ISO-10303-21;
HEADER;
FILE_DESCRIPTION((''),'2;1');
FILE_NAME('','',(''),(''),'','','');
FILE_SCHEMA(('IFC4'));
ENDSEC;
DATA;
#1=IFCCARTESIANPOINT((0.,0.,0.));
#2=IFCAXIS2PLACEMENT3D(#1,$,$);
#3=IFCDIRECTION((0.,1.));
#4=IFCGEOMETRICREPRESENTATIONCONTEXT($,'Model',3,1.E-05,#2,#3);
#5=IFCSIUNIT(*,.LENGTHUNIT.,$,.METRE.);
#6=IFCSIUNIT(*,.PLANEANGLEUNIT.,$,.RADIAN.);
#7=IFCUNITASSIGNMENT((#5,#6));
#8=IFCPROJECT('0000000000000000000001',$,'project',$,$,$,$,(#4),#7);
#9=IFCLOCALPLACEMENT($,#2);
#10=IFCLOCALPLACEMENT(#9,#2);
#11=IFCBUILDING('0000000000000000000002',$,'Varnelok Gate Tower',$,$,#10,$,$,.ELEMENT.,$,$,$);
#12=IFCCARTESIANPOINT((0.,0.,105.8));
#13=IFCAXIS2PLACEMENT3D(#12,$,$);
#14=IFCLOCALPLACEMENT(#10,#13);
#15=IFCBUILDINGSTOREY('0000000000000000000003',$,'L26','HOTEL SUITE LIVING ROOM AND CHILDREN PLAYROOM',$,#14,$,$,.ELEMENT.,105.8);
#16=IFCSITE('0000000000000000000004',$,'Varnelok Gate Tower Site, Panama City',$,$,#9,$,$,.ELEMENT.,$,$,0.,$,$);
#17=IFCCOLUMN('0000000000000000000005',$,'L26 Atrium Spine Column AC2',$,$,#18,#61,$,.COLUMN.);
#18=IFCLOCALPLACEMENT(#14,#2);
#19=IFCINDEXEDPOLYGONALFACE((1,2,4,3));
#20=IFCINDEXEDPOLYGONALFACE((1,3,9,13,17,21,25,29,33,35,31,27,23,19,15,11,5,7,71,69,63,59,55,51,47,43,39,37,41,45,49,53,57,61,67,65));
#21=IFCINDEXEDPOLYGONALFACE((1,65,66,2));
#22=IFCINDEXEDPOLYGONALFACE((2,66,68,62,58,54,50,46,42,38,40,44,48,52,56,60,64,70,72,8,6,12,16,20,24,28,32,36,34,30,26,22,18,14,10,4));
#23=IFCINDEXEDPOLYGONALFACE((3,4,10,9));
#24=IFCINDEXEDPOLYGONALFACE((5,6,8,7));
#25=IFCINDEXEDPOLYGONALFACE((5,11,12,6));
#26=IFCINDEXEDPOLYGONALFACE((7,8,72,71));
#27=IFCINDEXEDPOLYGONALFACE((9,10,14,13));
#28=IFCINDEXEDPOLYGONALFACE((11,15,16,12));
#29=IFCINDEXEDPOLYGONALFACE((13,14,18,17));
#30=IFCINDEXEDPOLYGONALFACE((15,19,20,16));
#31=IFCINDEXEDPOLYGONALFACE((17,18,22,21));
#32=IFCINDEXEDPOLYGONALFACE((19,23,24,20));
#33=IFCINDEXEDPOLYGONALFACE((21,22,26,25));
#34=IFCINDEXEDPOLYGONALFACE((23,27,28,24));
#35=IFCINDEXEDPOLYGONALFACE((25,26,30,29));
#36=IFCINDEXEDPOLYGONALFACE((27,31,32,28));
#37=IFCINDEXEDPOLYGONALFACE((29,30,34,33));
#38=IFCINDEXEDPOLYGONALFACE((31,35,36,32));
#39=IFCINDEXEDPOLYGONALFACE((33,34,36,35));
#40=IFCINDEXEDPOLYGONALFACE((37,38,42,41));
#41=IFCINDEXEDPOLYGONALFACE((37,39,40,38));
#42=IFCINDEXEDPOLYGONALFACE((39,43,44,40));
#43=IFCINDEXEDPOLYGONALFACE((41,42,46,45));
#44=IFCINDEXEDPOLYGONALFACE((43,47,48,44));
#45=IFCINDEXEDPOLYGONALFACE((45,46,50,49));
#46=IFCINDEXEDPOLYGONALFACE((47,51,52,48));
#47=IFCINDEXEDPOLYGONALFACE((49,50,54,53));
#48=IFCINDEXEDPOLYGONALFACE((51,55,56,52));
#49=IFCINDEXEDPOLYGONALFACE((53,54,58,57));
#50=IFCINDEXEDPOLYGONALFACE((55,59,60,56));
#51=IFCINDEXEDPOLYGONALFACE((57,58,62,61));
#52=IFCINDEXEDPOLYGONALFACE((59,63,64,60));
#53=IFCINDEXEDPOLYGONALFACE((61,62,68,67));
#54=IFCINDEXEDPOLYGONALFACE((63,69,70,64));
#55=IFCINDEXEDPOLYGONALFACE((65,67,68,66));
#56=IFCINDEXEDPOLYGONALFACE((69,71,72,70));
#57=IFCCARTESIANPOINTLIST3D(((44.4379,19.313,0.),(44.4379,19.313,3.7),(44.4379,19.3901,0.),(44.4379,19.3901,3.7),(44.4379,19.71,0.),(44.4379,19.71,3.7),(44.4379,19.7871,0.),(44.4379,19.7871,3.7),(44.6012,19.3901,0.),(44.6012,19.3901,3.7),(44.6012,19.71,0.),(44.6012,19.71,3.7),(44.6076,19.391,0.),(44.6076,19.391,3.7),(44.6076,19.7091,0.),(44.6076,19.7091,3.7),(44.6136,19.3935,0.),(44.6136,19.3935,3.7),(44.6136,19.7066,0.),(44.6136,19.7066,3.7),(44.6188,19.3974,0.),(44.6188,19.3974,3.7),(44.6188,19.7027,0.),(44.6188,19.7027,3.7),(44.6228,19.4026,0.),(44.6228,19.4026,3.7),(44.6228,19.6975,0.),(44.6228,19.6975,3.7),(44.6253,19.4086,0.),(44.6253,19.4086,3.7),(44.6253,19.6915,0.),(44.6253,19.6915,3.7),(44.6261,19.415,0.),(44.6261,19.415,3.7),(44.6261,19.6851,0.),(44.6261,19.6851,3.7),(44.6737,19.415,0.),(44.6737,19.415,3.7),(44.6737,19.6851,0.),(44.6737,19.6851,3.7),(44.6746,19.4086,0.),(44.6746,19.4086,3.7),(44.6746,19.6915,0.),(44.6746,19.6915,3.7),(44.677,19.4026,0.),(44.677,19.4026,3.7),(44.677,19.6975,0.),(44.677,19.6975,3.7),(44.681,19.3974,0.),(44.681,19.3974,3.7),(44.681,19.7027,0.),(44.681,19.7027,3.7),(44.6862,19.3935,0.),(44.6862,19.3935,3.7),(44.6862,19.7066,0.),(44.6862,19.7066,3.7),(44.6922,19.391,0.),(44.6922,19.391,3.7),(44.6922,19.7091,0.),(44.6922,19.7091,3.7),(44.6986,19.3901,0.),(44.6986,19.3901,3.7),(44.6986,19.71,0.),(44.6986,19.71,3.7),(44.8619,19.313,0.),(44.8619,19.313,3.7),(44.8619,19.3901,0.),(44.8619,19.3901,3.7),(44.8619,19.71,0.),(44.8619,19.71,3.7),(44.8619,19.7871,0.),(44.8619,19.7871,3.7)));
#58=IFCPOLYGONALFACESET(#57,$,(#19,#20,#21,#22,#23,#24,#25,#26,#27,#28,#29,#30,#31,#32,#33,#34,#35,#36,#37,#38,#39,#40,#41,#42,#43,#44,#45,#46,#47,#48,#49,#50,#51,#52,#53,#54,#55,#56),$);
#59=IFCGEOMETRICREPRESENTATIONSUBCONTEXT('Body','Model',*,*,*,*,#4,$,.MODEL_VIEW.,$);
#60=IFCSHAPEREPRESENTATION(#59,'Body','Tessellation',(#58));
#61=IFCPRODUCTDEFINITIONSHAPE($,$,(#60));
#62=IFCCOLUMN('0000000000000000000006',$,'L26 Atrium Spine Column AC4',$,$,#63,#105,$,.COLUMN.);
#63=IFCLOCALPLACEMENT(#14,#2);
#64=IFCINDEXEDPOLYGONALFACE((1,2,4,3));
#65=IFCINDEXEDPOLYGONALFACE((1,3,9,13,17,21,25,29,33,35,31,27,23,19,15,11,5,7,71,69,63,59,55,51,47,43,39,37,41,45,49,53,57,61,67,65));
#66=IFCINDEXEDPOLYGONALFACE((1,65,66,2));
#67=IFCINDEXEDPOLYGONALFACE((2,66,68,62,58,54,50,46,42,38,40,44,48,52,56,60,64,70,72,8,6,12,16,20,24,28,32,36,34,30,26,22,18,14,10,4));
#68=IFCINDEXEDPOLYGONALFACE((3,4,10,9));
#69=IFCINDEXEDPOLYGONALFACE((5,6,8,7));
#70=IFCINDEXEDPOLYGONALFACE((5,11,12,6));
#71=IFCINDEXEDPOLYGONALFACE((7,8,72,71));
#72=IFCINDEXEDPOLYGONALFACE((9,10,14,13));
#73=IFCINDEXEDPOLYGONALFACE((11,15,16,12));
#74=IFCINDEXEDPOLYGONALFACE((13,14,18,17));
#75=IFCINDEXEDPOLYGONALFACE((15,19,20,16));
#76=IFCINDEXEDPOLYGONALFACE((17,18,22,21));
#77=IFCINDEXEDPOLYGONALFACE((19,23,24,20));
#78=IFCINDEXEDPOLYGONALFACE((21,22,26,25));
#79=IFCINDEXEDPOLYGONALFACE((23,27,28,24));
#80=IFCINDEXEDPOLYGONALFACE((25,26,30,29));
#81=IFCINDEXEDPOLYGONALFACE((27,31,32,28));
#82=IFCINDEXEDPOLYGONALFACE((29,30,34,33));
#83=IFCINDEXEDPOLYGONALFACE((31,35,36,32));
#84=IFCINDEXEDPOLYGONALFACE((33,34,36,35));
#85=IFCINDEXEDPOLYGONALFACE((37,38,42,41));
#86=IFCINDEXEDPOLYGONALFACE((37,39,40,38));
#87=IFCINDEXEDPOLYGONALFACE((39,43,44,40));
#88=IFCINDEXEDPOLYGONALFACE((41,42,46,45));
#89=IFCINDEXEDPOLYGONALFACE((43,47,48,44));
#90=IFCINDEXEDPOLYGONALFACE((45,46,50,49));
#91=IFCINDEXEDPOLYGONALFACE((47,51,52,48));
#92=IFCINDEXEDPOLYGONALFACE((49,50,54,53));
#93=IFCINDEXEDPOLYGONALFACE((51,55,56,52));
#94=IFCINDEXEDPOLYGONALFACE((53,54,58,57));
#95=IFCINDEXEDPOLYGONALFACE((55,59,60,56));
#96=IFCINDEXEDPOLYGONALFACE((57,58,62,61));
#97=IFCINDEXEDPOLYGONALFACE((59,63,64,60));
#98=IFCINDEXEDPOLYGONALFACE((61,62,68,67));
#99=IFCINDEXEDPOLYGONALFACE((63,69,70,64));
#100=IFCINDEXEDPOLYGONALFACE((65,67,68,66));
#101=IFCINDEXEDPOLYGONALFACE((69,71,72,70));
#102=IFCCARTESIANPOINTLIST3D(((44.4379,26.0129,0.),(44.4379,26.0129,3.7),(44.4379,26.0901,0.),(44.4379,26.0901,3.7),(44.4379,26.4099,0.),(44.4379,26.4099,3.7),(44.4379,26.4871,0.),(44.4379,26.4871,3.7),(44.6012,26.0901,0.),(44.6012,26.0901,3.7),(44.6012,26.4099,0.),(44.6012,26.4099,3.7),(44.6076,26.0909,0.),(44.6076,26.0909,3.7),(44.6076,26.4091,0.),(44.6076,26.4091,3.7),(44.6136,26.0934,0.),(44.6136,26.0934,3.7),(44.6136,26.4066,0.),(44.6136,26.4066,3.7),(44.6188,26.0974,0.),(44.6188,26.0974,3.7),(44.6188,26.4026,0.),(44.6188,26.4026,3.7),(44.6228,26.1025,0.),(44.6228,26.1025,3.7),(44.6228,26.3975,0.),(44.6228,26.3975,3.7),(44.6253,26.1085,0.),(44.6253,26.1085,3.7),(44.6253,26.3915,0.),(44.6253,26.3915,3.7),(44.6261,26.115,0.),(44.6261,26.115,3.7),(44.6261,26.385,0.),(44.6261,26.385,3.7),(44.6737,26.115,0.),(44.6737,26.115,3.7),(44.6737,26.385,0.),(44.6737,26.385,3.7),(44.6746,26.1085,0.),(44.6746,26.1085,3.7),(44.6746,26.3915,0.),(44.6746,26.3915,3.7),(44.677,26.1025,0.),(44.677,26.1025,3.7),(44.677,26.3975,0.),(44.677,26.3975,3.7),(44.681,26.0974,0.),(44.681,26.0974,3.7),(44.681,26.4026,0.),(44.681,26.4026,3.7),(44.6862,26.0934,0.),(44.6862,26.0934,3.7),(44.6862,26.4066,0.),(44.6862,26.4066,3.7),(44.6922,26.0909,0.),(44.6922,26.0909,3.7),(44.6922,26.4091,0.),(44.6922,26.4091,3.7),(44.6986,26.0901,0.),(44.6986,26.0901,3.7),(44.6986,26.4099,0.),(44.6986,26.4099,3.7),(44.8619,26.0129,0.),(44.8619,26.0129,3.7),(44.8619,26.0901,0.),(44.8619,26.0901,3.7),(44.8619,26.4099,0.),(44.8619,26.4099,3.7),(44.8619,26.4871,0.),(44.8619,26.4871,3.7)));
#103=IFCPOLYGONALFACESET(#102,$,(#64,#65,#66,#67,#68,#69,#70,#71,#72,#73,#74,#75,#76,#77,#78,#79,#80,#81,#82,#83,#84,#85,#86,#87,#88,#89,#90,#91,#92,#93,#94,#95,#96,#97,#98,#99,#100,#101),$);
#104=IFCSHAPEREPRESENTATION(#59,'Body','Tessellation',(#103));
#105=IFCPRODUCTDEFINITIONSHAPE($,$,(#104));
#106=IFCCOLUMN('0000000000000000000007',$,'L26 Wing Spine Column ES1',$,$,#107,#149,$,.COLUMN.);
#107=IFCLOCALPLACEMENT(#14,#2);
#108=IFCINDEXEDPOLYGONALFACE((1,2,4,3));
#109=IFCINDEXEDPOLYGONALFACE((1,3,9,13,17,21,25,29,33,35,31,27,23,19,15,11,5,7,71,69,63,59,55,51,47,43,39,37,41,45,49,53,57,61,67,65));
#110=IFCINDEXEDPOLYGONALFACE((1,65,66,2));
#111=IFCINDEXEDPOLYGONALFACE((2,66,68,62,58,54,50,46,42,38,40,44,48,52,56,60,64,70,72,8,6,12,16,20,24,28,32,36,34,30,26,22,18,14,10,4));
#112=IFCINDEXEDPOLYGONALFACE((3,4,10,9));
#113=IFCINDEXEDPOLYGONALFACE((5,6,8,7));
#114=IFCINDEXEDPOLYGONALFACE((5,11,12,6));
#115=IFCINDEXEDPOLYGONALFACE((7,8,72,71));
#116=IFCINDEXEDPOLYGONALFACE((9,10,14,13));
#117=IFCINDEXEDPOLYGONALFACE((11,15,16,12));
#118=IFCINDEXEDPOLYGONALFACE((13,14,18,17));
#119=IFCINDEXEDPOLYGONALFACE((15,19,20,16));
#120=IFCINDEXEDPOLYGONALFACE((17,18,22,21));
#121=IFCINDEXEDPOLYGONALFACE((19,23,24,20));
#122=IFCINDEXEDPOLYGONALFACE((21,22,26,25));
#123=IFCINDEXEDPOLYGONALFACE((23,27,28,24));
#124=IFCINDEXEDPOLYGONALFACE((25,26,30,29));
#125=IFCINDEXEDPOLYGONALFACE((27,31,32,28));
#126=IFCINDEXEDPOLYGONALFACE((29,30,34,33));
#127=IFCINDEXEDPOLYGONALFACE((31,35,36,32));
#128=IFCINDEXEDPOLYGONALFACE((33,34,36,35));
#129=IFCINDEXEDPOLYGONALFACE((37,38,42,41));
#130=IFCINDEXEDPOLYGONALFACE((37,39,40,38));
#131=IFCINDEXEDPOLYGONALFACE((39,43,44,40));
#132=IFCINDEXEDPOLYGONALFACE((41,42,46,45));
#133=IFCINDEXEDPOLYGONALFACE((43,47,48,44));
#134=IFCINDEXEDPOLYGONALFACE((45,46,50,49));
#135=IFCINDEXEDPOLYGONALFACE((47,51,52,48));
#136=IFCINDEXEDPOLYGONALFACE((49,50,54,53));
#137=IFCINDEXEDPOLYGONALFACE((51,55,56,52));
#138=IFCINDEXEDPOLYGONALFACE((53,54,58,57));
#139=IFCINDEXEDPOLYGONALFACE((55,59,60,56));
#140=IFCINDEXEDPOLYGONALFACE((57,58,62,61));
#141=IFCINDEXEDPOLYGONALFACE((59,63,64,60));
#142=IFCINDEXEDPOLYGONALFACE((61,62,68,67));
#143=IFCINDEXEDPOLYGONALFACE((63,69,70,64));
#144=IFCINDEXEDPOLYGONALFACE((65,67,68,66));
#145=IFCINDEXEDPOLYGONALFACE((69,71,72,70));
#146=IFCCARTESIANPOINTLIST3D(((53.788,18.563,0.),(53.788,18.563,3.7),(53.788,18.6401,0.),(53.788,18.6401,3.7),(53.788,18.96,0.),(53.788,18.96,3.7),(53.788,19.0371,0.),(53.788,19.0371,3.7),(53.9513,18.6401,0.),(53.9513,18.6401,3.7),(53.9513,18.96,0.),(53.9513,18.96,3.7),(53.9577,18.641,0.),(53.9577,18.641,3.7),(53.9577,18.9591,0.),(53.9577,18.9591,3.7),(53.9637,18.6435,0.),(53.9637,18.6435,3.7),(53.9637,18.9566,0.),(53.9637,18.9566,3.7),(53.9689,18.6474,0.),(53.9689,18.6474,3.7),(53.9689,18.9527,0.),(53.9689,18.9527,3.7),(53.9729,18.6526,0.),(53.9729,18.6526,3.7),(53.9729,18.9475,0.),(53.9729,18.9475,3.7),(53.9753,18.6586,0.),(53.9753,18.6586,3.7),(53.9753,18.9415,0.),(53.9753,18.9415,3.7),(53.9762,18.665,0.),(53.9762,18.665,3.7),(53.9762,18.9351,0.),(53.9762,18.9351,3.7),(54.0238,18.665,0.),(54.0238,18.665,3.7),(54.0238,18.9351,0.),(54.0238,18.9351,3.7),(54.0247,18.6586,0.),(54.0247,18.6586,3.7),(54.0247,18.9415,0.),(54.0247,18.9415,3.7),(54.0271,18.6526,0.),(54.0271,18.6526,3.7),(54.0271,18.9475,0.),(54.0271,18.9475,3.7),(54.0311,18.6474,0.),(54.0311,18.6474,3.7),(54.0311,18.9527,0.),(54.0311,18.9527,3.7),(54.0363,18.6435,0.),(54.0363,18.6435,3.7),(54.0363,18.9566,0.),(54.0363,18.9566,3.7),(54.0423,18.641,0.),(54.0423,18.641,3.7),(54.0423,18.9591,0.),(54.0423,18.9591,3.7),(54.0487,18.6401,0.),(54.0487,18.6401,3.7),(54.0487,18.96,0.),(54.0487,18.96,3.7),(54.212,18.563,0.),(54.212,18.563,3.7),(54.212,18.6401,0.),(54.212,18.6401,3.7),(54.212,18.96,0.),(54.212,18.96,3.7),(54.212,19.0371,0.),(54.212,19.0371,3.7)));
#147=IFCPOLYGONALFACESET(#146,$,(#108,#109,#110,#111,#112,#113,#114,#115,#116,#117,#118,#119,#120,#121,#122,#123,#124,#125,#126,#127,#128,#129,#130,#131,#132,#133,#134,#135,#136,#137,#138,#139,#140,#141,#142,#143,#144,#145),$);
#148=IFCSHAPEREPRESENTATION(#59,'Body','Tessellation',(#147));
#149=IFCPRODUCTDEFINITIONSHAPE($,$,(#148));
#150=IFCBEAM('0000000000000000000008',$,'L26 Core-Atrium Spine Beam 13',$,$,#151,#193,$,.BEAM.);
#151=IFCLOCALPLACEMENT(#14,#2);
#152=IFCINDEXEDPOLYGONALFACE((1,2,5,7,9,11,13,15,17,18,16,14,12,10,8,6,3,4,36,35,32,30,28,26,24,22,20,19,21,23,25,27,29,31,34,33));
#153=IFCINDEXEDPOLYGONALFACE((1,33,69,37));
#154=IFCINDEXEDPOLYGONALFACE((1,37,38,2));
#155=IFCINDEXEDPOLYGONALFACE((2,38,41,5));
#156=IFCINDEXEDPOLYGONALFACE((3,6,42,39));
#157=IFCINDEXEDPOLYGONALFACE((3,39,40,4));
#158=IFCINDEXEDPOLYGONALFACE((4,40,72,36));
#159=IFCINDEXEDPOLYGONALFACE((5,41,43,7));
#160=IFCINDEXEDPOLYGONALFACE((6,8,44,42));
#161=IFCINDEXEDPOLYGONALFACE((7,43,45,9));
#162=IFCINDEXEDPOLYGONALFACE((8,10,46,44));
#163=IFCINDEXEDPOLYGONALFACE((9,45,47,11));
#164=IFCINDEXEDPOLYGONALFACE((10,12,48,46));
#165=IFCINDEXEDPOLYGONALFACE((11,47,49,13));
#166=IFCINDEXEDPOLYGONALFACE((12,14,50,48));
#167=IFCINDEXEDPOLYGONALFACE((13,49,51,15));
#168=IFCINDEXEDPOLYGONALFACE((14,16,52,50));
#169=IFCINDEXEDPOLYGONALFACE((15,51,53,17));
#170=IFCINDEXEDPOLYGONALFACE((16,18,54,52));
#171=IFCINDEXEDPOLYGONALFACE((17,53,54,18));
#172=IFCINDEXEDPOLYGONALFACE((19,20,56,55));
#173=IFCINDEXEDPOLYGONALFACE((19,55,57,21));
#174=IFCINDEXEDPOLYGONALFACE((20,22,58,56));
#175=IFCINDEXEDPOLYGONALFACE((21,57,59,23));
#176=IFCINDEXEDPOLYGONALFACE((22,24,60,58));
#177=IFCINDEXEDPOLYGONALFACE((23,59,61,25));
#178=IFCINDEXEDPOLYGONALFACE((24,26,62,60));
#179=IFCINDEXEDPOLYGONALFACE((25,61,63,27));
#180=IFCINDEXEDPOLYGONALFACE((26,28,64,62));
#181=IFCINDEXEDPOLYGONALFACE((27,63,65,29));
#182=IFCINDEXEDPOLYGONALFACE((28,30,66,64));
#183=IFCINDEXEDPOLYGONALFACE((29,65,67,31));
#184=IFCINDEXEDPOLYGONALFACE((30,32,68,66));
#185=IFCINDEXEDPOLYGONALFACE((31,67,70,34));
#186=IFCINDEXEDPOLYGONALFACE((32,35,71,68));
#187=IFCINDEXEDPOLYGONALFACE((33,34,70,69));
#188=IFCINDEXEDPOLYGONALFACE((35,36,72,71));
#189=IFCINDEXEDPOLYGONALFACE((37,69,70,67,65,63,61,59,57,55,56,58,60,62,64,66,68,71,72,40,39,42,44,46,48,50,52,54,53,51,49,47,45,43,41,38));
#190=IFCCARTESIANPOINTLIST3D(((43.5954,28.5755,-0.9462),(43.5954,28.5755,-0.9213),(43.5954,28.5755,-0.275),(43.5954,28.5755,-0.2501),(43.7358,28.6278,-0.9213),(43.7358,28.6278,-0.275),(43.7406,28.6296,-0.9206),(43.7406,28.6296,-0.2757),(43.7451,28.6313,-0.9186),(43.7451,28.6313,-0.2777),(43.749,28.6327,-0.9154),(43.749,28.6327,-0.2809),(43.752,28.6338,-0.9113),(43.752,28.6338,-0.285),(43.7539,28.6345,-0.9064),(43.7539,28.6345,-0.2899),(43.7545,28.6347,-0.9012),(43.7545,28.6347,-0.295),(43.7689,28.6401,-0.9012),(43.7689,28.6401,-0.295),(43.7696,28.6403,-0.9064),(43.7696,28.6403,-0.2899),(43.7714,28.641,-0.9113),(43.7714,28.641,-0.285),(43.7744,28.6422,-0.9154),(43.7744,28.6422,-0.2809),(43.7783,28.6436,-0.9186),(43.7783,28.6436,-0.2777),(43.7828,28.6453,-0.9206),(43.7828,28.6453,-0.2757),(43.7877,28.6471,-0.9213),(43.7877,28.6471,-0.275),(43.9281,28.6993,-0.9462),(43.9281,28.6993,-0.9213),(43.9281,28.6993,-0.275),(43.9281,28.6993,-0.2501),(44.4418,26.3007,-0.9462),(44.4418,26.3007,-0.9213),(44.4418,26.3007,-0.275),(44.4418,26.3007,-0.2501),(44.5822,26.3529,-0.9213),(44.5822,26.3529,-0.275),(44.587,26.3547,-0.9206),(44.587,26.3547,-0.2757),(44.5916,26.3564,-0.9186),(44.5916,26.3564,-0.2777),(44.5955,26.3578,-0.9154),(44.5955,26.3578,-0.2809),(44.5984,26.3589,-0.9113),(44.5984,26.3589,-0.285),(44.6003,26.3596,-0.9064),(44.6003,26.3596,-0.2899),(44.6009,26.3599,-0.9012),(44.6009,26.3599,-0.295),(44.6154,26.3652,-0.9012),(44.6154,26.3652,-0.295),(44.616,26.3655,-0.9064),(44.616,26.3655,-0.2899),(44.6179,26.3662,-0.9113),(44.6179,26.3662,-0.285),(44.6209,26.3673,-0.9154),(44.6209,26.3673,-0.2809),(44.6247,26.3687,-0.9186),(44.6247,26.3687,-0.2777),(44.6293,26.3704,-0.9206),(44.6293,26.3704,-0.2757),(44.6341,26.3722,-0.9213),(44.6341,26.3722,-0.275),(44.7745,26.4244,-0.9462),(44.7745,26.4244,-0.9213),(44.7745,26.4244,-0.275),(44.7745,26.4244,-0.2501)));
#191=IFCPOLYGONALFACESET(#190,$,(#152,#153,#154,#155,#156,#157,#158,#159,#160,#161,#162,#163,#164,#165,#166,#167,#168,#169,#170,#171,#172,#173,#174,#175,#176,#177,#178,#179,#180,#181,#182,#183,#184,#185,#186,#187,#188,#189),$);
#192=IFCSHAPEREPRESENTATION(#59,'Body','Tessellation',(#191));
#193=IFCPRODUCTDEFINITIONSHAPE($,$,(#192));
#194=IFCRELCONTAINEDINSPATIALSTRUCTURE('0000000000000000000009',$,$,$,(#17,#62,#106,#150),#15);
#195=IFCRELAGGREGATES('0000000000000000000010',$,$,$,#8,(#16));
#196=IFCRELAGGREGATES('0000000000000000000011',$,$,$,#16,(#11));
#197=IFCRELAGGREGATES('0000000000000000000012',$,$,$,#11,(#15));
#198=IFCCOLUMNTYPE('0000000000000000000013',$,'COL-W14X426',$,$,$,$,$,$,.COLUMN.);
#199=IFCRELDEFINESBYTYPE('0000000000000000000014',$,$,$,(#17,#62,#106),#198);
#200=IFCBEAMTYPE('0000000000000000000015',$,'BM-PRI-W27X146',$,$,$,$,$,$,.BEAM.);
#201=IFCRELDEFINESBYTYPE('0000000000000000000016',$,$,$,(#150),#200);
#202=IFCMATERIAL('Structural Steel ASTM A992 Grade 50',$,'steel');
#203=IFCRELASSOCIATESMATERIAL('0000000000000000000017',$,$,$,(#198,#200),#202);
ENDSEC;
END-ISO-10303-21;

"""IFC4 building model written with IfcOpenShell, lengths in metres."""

from ifc_helpers import new_model, si_unit, direction, frame, origin, origin_2d, place, context, subcontext, project, spatial, i_section, extrude, material, material_profile, profile_set, type_object, element, save


model = new_model("IFC4")

# Units and contexts
model_context = context("Model", 3, precision=1e-05, world=origin(), true_north=direction((0.0, 1.0)))
body_context = subcontext(model_context, "Body", "Model", "MODEL_VIEW")
ifc_project = project(units=[si_unit("LENGTHUNIT", "METRE"), si_unit("PLANEANGLEUNIT", "RADIAN")], contexts=[model_context])

# Site, building, storey
site_placement = place(None, origin())
site = spatial("IfcSite", under=ifc_project, at=site_placement, Name="Varnelok Gate Tower Site, Panama City", CompositionType="ELEMENT", RefElevation=0.0)
building_placement = place(site_placement, origin())
building = spatial("IfcBuilding", under=site, at=building_placement, Name="Varnelok Gate Tower", CompositionType="ELEMENT")
storey_placement = place(building_placement, frame((0.0, 0.0, 105.8)))
storey = spatial("IfcBuildingStorey", under=building, at=storey_placement, Name="L26", Description="HOTEL SUITE LIVING ROOM AND CHILDREN PLAYROOM", CompositionType="ELEMENT", Elevation=105.8)

# Columns
ifc_material_1 = material(Name="Structural Steel ASTM A992 Grade 50", Category="steel")
ifc_material_profile_1 = material_profile(ifc_material_1, i_section(OverallWidth=0.4241, OverallDepth=0.4741, WebThickness=0.0476, FlangeThickness=0.0771, FilletRadius=0.0249, at=origin_2d()), Name="W14X426")
ifc_profile_set_1 = profile_set([ifc_material_profile_1], Name="Structural Steel ASTM A992 Grade 50")
column_type = type_object("IfcColumnType", Name="COL-W14X426", PredefinedType="COLUMN", material=ifc_profile_set_1)
for number, where, z_axis, x_axis, name in (
    (1, (44.6499, 19.55, 0.0), (0.0, 0.0, 1.0), (1.0, 0.0, 0.0), "L26 Atrium Spine Column AC2"),
    (2, (44.6499, 26.25, 0.0), (0.0, 0.0, 1.0), (1.0, 0.0, 0.0), "L26 Atrium Spine Column AC4"),
    (3, (54.0, 18.8, 0.0), (0.0, 0.0, 1.0), (1.0, 0.0, 0.0), "L26 Wing Spine Column ES1"),
):
    element("IfcColumn", number, at=place(storey_placement, frame(where, z_axis=z_axis, x_axis=x_axis)), inside=storey, type_object=column_type, Name=name, PredefinedType="COLUMN", context=body_context, shape_type="SweptSolid", body=[
        extrude(i_section(OverallWidth=0.4241, OverallDepth=0.4741, WebThickness=0.0476, FlangeThickness=0.0771, FilletRadius=0.0249, at=origin_2d()), origin(), (0.0, 0.0, 1.0), 3.7),
    ])

# Beam
ifc_material_profile_2 = material_profile(ifc_material_1, i_section(OverallWidth=0.355, OverallDepth=0.696, WebThickness=0.0154, FlangeThickness=0.0249, FilletRadius=0.02, at=origin_2d()), Name="W27X146")
ifc_profile_set_2 = profile_set([ifc_material_profile_2], Name="Structural Steel ASTM A992 Grade 50")
beam_type_1 = type_object("IfcBeamType", Name="BM-PRI-W27X146", PredefinedType="BEAM", material=ifc_profile_set_2)
beam_1_placement = place(storey_placement, frame((44.6082, 26.3625, -0.5981), z_axis=(-0.348719, 0.937227, 0.0), x_axis=(-0.937227, -0.348719, 0.0)))
element("IfcBeam", 4, at=beam_1_placement, inside=storey, type_object=beam_type_1, Name="L26 Core-Atrium Spine Beam 13", PredefinedType="BEAM", context=body_context, shape_type="SweptSolid", body=[
    extrude(i_section(OverallWidth=0.355, OverallDepth=0.696, WebThickness=0.0154, FlangeThickness=0.0249, FilletRadius=0.02, at=origin_2d()), origin(), (0.0, 0.0, 1.0), 2.4272),
])

save(model, "model.ifc")
